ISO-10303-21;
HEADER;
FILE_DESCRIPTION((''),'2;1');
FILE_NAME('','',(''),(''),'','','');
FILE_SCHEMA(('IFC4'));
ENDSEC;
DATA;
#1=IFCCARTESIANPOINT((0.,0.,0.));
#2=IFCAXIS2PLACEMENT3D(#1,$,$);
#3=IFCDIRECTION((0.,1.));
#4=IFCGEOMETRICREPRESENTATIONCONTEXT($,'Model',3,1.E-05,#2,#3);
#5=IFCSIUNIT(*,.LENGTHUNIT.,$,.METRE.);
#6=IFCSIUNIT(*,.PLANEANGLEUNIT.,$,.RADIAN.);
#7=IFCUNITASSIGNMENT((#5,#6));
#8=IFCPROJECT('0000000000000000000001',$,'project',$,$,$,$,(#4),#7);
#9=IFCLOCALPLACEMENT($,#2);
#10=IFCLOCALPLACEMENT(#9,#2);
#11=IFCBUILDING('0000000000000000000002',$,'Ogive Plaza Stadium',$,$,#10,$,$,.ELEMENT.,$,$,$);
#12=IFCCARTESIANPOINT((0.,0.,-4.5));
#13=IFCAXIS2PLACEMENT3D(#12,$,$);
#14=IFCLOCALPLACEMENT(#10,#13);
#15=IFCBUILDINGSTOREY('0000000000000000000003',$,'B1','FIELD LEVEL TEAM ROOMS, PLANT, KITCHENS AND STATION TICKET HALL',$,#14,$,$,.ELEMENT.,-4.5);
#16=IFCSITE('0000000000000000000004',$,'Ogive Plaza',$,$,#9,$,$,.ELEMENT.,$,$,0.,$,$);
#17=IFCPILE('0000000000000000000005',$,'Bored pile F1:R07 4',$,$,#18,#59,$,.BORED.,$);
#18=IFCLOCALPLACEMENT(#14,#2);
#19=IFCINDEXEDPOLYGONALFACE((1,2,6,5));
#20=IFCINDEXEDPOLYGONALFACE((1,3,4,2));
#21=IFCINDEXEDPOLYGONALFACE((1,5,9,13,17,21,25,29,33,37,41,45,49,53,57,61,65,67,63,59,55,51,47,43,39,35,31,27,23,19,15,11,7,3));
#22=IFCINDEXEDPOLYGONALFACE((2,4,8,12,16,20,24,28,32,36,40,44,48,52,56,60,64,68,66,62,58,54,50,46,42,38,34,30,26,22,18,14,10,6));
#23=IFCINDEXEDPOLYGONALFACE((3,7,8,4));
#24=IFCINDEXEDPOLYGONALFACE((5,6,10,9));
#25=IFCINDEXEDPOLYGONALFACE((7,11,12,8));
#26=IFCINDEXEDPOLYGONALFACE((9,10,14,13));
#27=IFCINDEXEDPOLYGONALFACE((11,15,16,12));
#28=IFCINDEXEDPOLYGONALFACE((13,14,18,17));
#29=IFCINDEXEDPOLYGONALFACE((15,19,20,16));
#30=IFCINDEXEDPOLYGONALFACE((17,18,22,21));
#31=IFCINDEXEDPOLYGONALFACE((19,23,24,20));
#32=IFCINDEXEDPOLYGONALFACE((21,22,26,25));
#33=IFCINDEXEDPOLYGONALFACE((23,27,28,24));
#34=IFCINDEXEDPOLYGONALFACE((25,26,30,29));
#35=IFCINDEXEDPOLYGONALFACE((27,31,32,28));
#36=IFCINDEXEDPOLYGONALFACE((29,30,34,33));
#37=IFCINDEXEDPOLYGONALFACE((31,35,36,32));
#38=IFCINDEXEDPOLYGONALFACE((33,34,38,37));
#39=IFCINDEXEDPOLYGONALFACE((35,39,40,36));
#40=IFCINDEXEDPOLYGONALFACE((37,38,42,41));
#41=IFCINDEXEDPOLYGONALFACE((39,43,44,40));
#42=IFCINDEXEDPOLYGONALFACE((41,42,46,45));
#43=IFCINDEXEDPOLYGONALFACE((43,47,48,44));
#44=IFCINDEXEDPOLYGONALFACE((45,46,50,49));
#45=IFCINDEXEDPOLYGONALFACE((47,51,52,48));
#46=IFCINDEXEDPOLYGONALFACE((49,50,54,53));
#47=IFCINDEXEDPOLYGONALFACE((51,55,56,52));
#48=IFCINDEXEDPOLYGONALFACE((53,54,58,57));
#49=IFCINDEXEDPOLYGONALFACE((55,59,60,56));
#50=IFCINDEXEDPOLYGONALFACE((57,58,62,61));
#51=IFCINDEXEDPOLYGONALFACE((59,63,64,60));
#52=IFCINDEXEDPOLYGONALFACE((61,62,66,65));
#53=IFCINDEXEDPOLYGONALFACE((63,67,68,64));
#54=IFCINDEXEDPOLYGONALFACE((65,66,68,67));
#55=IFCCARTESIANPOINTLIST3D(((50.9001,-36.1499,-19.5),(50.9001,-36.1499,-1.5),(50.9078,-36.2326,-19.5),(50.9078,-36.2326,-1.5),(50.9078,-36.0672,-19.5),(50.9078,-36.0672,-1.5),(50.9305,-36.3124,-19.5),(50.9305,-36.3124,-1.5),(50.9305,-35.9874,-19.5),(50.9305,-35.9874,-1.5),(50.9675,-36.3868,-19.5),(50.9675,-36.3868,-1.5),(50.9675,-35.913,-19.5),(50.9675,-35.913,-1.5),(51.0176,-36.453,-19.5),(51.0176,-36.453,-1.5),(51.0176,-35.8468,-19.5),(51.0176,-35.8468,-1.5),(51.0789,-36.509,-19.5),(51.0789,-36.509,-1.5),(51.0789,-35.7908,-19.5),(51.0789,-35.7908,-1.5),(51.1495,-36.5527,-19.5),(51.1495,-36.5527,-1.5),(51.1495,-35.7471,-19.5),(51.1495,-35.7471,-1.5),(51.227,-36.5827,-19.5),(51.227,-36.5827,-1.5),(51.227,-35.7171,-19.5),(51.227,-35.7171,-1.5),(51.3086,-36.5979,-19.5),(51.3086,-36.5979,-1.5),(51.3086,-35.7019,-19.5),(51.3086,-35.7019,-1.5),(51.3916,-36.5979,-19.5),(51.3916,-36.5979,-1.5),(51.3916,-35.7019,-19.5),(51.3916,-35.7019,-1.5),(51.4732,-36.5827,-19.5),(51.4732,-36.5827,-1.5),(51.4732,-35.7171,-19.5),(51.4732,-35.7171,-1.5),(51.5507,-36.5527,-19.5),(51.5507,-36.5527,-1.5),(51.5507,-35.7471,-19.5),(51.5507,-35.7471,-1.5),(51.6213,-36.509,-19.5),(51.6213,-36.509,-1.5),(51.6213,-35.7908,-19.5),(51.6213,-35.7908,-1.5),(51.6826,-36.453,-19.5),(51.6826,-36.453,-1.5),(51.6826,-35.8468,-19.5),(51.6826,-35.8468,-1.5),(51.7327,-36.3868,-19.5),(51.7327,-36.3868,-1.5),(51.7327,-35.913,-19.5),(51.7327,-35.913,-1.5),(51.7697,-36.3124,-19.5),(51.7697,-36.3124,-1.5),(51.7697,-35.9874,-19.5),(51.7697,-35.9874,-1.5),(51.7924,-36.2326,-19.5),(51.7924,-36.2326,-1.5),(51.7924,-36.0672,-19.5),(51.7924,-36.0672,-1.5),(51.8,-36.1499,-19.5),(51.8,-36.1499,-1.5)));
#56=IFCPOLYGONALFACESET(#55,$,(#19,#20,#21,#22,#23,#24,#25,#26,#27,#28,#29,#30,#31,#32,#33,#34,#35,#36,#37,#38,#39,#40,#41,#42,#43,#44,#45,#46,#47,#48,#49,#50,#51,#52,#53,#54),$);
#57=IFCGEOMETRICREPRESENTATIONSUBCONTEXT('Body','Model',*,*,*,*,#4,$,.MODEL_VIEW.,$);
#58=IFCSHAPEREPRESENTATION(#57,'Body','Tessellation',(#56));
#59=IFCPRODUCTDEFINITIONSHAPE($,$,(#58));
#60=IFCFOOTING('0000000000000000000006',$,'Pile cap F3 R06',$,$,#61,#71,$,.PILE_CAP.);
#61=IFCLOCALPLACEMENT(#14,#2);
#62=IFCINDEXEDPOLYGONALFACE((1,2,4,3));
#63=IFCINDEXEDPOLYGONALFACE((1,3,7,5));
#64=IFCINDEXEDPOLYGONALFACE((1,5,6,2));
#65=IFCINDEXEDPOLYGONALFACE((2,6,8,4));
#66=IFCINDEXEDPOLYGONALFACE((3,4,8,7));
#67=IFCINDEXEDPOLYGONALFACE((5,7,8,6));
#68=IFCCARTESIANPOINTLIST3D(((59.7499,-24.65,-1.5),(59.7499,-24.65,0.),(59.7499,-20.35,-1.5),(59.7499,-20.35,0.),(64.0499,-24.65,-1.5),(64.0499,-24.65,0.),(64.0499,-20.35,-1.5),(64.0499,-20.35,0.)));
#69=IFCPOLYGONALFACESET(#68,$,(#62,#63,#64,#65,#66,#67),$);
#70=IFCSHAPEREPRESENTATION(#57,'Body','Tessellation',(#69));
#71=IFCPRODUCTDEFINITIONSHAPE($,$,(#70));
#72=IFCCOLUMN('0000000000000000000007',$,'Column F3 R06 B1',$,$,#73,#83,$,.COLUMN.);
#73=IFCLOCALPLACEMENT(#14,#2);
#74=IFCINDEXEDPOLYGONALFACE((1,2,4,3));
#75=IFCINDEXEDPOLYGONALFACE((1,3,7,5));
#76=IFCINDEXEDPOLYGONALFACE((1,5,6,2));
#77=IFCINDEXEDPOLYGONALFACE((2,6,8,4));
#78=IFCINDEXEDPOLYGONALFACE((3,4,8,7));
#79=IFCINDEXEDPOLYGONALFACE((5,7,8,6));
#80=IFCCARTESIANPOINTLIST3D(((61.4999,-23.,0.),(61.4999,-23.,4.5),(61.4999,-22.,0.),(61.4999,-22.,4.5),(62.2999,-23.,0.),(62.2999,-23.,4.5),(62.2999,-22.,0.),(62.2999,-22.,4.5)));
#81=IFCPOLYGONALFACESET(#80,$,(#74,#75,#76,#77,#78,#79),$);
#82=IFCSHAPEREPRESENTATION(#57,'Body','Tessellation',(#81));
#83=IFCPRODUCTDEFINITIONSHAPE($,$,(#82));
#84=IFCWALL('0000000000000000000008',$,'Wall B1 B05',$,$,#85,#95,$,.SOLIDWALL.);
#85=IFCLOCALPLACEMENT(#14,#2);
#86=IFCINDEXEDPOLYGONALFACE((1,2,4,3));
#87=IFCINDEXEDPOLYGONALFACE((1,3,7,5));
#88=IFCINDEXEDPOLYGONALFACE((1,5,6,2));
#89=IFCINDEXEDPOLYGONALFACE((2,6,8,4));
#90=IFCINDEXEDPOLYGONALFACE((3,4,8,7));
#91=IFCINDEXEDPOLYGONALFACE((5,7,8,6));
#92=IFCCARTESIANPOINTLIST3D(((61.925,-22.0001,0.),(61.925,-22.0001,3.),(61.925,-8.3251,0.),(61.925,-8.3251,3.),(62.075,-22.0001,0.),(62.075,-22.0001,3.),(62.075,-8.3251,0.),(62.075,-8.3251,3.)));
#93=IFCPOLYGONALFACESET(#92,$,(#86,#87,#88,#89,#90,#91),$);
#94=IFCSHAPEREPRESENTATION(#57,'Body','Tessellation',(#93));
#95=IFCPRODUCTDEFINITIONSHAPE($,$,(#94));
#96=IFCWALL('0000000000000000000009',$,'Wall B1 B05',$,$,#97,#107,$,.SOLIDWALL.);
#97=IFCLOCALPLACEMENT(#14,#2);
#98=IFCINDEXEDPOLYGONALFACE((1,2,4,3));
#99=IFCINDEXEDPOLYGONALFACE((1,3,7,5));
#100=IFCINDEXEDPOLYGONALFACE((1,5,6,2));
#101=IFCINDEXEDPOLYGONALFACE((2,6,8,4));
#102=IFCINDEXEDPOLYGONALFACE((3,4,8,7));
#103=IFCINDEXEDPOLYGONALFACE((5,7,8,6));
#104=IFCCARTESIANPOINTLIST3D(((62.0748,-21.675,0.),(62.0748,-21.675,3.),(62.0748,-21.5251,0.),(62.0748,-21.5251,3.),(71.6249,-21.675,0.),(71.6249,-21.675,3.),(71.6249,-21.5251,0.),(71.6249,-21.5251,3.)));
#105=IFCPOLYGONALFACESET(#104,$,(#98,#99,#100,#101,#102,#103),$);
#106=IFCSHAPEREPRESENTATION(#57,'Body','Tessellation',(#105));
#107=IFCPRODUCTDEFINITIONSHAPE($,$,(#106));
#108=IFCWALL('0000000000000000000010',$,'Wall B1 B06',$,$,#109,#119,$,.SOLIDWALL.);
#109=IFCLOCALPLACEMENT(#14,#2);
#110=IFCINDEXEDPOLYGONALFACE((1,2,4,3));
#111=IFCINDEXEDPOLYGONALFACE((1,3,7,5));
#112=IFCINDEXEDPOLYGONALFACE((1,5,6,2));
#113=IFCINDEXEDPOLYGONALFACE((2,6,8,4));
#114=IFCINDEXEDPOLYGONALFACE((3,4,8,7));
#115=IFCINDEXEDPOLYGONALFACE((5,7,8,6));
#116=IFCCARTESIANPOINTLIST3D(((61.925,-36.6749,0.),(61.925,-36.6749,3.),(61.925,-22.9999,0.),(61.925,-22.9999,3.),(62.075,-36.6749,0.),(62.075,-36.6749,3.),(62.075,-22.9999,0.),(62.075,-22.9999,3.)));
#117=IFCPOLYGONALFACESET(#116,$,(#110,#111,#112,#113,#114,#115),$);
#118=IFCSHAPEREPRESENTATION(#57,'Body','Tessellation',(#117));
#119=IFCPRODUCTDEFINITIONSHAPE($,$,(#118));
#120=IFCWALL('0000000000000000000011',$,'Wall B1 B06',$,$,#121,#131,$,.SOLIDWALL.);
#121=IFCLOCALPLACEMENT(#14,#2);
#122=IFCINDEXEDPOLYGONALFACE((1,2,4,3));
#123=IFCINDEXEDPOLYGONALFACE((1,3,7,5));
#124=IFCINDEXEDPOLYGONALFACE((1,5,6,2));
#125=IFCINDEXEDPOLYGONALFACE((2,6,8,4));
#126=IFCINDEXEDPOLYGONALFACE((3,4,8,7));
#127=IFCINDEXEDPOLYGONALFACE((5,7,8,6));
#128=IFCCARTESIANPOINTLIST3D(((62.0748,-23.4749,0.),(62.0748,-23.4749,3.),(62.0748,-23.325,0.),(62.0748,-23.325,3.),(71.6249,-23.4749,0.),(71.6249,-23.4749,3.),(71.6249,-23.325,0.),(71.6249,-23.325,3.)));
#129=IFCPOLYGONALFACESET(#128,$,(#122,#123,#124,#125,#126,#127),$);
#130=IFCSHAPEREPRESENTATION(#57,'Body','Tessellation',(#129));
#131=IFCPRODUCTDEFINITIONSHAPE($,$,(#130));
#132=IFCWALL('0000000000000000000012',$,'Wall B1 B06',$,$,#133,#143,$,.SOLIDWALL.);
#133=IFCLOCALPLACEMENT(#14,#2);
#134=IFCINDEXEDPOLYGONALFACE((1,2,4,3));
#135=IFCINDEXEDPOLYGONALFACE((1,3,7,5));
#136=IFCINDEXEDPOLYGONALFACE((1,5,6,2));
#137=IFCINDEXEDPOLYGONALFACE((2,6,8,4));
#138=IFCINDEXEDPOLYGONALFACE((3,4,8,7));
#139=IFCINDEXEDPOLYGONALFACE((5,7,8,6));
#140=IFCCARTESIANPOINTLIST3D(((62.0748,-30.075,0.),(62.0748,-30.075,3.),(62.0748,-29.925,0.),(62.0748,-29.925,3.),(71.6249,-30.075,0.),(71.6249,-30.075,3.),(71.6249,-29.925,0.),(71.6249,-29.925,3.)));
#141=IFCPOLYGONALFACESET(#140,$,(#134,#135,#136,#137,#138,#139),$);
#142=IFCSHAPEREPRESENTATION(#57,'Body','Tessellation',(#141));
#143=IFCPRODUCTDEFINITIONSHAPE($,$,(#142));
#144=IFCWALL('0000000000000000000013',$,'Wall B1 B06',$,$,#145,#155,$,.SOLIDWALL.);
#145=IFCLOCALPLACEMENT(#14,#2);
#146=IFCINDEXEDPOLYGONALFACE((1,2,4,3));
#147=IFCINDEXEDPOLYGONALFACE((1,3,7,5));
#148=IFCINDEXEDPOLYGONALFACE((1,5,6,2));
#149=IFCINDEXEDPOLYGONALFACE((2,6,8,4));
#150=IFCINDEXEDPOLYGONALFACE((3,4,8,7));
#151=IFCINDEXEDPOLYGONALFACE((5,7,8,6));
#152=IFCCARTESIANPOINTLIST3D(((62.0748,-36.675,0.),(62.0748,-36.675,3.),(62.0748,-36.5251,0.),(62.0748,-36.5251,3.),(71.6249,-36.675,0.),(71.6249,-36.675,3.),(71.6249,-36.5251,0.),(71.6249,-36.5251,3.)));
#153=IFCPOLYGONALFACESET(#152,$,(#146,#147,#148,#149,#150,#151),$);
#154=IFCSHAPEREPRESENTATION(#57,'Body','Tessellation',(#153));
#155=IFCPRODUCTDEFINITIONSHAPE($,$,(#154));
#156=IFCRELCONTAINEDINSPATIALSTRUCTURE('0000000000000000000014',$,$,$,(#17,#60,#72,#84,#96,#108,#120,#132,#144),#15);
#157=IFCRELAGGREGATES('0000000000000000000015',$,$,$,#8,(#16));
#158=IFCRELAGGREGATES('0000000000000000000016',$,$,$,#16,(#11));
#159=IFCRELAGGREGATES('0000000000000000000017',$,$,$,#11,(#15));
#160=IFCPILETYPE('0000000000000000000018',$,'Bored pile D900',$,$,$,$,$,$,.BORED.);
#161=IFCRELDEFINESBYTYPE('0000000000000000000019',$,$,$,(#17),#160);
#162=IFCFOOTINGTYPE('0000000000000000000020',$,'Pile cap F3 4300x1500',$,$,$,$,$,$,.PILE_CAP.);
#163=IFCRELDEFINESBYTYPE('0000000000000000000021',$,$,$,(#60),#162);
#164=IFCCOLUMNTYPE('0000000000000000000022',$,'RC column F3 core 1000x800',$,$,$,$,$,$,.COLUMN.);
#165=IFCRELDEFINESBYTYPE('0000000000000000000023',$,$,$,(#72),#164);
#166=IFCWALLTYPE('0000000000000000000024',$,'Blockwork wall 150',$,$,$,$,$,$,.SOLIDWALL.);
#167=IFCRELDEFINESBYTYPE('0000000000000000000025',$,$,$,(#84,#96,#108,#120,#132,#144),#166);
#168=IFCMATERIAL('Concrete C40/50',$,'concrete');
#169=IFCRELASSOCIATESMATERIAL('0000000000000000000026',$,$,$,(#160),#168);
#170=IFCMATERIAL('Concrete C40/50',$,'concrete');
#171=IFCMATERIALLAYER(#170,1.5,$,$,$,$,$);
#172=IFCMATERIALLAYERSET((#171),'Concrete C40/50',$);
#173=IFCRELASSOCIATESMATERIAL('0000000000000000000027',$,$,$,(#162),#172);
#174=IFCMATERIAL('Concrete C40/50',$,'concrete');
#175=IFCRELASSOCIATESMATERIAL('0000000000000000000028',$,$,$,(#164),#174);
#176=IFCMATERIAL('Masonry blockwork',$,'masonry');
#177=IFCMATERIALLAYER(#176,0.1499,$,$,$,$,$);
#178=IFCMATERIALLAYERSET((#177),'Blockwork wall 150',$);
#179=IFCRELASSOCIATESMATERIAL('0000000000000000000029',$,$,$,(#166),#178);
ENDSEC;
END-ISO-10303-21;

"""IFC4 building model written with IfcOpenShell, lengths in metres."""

from ifc_helpers import new_model, si_unit, direction, frame, frame_2d, origin, origin_2d, place, context, subcontext, project, spatial, rectangle, circle, extrude, material, layer, layer_set, material_profile, profile_set, type_object, element, save


model = new_model("IFC4")

# Units and contexts
model_context = context("Model", 3, precision=1e-05, world=origin(), true_north=direction((0.0, 1.0)))
body_context = subcontext(model_context, "Body", "Model", "MODEL_VIEW")
ifc_project = project(units=[si_unit("LENGTHUNIT", "METRE"), si_unit("PLANEANGLEUNIT", "RADIAN")], contexts=[model_context])

# Site, building, storey
site_placement = place(None, origin())
site = spatial("IfcSite", under=ifc_project, at=site_placement, Name="Ogive Plaza", CompositionType="ELEMENT", RefElevation=0.0)
building_placement = place(site_placement, origin())
building = spatial("IfcBuilding", under=site, at=building_placement, Name="Ogive Plaza Stadium", CompositionType="ELEMENT")
storey_placement = place(building_placement, frame((0.0, 0.0, -4.5)))
storey = spatial("IfcBuildingStorey", under=building, at=storey_placement, Name="B1", Description="FIELD LEVEL TEAM ROOMS, PLANT, KITCHENS AND STATION TICKET HALL", CompositionType="ELEMENT", Elevation=-4.5)

# Pile
ifc_material_1 = material(Name="Concrete C40/50", Category="concrete")
ifc_material_profile_1 = material_profile(ifc_material_1, circle(Radius=0.45, at=origin_2d()), Name="RC D900")
ifc_profile_set_1 = profile_set([ifc_material_profile_1], Name="Concrete C40/50")
pile_type_1 = type_object("IfcPileType", Name="Bored pile D900", PredefinedType="BORED", material=ifc_profile_set_1)
for number, where, z_axis, x_axis, name in (
    (1, (51.3501, -36.1499, -1.5), (0.0, 0.0, -1.0), (1.0, 0.0, 0.0), "Bored pile F1:R07 4"),
):
    element("IfcPile", number, at=place(storey_placement, frame(where, z_axis=z_axis, x_axis=x_axis)), inside=storey, type_object=pile_type_1, Name=name, PredefinedType="BORED", context=body_context, shape_type="SweptSolid", body=[
        extrude(circle(Radius=0.45, at=origin_2d()), origin(), (0.0, 0.0, 1.0), 18.0),
    ])

# Footing
ifc_material_2 = material(Name="Concrete C40/50", Category="concrete")
ifc_layer_1 = layer(ifc_material_2, 1.5)
ifc_layer_set_1 = layer_set([ifc_layer_1], Name="Concrete C40/50")
footing_type = type_object("IfcFootingType", Name="Pile cap F3 4300x1500", PredefinedType="PILE_CAP", material=ifc_layer_set_1)
footing_placement = place(storey_placement, frame((61.8999, -22.5, -1.5), z_axis=(0.0, 0.0, 1.0), x_axis=(1.0, 0.0, 0.0)))
element("IfcFooting", 2, at=footing_placement, inside=storey, type_object=footing_type, Name="Pile cap F3 R06", PredefinedType="PILE_CAP", context=body_context, shape_type="SweptSolid", body=[
    extrude(rectangle(XDim=4.3, YDim=4.3, at=origin_2d()), origin(), (0.0, 0.0, 1.0), 1.5),
])

# Column
ifc_material_3 = material(Name="Concrete C40/50", Category="concrete")
ifc_material_profile_2 = material_profile(ifc_material_3, rectangle(XDim=1.0, YDim=0.8, at=origin_2d()), Name="RC 1000x800")
ifc_profile_set_2 = profile_set([ifc_material_profile_2], Name="Concrete C40/50")
column_type = type_object("IfcColumnType", Name="RC column F3 core 1000x800", PredefinedType="COLUMN", material=ifc_profile_set_2)
column_placement = place(storey_placement, frame((61.8999, -22.5, 0.0), z_axis=(0.0, 0.0, 1.0), x_axis=(0.0, 1.0, 0.0)))
element("IfcColumn", 3, at=column_placement, inside=storey, type_object=column_type, Name="Column F3 R06 B1", PredefinedType="COLUMN", context=body_context, shape_type="SweptSolid", body=[
    extrude(rectangle(XDim=1.0, YDim=0.8, at=origin_2d()), origin(), (0.0, 0.0, 1.0), 4.5),
])

# Walls
ifc_material_4 = material(Name="Masonry blockwork", Category="masonry")
ifc_layer_2 = layer(ifc_material_4, 0.1499)
ifc_layer_set_2 = layer_set([ifc_layer_2], Name="Blockwork wall 150")
wall_type = type_object("IfcWallType", Name="Blockwork wall 150", PredefinedType="SOLIDWALL", material=ifc_layer_set_2)
wall_1_placement = place(storey_placement, frame((62.0, -22.0, 0.0), z_axis=(0.0, 0.0, 1.0), x_axis=(0.0, 1.0, 0.0)))
element("IfcWall", 4, at=wall_1_placement, inside=storey, type_object=wall_type, Name="Wall B1 B05", PredefinedType="SOLIDWALL", context=body_context, shape_type="SweptSolid", body=[
    extrude(rectangle(XDim=13.675, YDim=0.1499, at=frame_2d((6.8374, 0.0))), origin(), (0.0, 0.0, 1.0), 3.0),
])
wall_2_placement = place(storey_placement, frame((62.075, -21.6001, 0.0), z_axis=(0.0, 0.0, 1.0), x_axis=(1.0, 0.0, 0.0)))
element("IfcWall", 5, at=wall_2_placement, inside=storey, type_object=wall_type, Name="Wall B1 B05", PredefinedType="SOLIDWALL", context=body_context, shape_type="SweptSolid", body=[
    extrude(rectangle(XDim=9.55, YDim=0.1499, at=frame_2d((4.7749, 0.0))), origin(), (0.0, 0.0, 1.0), 3.0),
])
wall_3_placement = place(storey_placement, frame((62.0, -23.0, 0.0), z_axis=(0.0, 0.0, 1.0), x_axis=(0.0, -1.0, 0.0)))
element("IfcWall", 6, at=wall_3_placement, inside=storey, type_object=wall_type, Name="Wall B1 B06", PredefinedType="SOLIDWALL", context=body_context, shape_type="SweptSolid", body=[
    extrude(rectangle(XDim=13.675, YDim=0.1499, at=frame_2d((6.8374, 0.0))), origin(), (0.0, 0.0, 1.0), 3.0),
])
for number, where, z_axis, x_axis, name in (
    (7, (62.075, -23.3999, 0.0), (0.0, 0.0, 1.0), (1.0, 0.0, 0.0), "Wall B1 B06"),
    (8, (62.075, -30.0, 0.0), (0.0, 0.0, 1.0), (1.0, 0.0, 0.0), "Wall B1 B06"),
    (9, (62.075, -36.6001, 0.0), (0.0, 0.0, 1.0), (1.0, 0.0, 0.0), "Wall B1 B06"),
):
    element("IfcWall", number, at=place(storey_placement, frame(where, z_axis=z_axis, x_axis=x_axis)), inside=storey, type_object=wall_type, Name=name, PredefinedType="SOLIDWALL", context=body_context, shape_type="SweptSolid", body=[
        extrude(rectangle(XDim=9.55, YDim=0.1499, at=frame_2d((4.7749, 0.0))), origin(), (0.0, 0.0, 1.0), 3.0),
    ])

save(model, "model.ifc")
